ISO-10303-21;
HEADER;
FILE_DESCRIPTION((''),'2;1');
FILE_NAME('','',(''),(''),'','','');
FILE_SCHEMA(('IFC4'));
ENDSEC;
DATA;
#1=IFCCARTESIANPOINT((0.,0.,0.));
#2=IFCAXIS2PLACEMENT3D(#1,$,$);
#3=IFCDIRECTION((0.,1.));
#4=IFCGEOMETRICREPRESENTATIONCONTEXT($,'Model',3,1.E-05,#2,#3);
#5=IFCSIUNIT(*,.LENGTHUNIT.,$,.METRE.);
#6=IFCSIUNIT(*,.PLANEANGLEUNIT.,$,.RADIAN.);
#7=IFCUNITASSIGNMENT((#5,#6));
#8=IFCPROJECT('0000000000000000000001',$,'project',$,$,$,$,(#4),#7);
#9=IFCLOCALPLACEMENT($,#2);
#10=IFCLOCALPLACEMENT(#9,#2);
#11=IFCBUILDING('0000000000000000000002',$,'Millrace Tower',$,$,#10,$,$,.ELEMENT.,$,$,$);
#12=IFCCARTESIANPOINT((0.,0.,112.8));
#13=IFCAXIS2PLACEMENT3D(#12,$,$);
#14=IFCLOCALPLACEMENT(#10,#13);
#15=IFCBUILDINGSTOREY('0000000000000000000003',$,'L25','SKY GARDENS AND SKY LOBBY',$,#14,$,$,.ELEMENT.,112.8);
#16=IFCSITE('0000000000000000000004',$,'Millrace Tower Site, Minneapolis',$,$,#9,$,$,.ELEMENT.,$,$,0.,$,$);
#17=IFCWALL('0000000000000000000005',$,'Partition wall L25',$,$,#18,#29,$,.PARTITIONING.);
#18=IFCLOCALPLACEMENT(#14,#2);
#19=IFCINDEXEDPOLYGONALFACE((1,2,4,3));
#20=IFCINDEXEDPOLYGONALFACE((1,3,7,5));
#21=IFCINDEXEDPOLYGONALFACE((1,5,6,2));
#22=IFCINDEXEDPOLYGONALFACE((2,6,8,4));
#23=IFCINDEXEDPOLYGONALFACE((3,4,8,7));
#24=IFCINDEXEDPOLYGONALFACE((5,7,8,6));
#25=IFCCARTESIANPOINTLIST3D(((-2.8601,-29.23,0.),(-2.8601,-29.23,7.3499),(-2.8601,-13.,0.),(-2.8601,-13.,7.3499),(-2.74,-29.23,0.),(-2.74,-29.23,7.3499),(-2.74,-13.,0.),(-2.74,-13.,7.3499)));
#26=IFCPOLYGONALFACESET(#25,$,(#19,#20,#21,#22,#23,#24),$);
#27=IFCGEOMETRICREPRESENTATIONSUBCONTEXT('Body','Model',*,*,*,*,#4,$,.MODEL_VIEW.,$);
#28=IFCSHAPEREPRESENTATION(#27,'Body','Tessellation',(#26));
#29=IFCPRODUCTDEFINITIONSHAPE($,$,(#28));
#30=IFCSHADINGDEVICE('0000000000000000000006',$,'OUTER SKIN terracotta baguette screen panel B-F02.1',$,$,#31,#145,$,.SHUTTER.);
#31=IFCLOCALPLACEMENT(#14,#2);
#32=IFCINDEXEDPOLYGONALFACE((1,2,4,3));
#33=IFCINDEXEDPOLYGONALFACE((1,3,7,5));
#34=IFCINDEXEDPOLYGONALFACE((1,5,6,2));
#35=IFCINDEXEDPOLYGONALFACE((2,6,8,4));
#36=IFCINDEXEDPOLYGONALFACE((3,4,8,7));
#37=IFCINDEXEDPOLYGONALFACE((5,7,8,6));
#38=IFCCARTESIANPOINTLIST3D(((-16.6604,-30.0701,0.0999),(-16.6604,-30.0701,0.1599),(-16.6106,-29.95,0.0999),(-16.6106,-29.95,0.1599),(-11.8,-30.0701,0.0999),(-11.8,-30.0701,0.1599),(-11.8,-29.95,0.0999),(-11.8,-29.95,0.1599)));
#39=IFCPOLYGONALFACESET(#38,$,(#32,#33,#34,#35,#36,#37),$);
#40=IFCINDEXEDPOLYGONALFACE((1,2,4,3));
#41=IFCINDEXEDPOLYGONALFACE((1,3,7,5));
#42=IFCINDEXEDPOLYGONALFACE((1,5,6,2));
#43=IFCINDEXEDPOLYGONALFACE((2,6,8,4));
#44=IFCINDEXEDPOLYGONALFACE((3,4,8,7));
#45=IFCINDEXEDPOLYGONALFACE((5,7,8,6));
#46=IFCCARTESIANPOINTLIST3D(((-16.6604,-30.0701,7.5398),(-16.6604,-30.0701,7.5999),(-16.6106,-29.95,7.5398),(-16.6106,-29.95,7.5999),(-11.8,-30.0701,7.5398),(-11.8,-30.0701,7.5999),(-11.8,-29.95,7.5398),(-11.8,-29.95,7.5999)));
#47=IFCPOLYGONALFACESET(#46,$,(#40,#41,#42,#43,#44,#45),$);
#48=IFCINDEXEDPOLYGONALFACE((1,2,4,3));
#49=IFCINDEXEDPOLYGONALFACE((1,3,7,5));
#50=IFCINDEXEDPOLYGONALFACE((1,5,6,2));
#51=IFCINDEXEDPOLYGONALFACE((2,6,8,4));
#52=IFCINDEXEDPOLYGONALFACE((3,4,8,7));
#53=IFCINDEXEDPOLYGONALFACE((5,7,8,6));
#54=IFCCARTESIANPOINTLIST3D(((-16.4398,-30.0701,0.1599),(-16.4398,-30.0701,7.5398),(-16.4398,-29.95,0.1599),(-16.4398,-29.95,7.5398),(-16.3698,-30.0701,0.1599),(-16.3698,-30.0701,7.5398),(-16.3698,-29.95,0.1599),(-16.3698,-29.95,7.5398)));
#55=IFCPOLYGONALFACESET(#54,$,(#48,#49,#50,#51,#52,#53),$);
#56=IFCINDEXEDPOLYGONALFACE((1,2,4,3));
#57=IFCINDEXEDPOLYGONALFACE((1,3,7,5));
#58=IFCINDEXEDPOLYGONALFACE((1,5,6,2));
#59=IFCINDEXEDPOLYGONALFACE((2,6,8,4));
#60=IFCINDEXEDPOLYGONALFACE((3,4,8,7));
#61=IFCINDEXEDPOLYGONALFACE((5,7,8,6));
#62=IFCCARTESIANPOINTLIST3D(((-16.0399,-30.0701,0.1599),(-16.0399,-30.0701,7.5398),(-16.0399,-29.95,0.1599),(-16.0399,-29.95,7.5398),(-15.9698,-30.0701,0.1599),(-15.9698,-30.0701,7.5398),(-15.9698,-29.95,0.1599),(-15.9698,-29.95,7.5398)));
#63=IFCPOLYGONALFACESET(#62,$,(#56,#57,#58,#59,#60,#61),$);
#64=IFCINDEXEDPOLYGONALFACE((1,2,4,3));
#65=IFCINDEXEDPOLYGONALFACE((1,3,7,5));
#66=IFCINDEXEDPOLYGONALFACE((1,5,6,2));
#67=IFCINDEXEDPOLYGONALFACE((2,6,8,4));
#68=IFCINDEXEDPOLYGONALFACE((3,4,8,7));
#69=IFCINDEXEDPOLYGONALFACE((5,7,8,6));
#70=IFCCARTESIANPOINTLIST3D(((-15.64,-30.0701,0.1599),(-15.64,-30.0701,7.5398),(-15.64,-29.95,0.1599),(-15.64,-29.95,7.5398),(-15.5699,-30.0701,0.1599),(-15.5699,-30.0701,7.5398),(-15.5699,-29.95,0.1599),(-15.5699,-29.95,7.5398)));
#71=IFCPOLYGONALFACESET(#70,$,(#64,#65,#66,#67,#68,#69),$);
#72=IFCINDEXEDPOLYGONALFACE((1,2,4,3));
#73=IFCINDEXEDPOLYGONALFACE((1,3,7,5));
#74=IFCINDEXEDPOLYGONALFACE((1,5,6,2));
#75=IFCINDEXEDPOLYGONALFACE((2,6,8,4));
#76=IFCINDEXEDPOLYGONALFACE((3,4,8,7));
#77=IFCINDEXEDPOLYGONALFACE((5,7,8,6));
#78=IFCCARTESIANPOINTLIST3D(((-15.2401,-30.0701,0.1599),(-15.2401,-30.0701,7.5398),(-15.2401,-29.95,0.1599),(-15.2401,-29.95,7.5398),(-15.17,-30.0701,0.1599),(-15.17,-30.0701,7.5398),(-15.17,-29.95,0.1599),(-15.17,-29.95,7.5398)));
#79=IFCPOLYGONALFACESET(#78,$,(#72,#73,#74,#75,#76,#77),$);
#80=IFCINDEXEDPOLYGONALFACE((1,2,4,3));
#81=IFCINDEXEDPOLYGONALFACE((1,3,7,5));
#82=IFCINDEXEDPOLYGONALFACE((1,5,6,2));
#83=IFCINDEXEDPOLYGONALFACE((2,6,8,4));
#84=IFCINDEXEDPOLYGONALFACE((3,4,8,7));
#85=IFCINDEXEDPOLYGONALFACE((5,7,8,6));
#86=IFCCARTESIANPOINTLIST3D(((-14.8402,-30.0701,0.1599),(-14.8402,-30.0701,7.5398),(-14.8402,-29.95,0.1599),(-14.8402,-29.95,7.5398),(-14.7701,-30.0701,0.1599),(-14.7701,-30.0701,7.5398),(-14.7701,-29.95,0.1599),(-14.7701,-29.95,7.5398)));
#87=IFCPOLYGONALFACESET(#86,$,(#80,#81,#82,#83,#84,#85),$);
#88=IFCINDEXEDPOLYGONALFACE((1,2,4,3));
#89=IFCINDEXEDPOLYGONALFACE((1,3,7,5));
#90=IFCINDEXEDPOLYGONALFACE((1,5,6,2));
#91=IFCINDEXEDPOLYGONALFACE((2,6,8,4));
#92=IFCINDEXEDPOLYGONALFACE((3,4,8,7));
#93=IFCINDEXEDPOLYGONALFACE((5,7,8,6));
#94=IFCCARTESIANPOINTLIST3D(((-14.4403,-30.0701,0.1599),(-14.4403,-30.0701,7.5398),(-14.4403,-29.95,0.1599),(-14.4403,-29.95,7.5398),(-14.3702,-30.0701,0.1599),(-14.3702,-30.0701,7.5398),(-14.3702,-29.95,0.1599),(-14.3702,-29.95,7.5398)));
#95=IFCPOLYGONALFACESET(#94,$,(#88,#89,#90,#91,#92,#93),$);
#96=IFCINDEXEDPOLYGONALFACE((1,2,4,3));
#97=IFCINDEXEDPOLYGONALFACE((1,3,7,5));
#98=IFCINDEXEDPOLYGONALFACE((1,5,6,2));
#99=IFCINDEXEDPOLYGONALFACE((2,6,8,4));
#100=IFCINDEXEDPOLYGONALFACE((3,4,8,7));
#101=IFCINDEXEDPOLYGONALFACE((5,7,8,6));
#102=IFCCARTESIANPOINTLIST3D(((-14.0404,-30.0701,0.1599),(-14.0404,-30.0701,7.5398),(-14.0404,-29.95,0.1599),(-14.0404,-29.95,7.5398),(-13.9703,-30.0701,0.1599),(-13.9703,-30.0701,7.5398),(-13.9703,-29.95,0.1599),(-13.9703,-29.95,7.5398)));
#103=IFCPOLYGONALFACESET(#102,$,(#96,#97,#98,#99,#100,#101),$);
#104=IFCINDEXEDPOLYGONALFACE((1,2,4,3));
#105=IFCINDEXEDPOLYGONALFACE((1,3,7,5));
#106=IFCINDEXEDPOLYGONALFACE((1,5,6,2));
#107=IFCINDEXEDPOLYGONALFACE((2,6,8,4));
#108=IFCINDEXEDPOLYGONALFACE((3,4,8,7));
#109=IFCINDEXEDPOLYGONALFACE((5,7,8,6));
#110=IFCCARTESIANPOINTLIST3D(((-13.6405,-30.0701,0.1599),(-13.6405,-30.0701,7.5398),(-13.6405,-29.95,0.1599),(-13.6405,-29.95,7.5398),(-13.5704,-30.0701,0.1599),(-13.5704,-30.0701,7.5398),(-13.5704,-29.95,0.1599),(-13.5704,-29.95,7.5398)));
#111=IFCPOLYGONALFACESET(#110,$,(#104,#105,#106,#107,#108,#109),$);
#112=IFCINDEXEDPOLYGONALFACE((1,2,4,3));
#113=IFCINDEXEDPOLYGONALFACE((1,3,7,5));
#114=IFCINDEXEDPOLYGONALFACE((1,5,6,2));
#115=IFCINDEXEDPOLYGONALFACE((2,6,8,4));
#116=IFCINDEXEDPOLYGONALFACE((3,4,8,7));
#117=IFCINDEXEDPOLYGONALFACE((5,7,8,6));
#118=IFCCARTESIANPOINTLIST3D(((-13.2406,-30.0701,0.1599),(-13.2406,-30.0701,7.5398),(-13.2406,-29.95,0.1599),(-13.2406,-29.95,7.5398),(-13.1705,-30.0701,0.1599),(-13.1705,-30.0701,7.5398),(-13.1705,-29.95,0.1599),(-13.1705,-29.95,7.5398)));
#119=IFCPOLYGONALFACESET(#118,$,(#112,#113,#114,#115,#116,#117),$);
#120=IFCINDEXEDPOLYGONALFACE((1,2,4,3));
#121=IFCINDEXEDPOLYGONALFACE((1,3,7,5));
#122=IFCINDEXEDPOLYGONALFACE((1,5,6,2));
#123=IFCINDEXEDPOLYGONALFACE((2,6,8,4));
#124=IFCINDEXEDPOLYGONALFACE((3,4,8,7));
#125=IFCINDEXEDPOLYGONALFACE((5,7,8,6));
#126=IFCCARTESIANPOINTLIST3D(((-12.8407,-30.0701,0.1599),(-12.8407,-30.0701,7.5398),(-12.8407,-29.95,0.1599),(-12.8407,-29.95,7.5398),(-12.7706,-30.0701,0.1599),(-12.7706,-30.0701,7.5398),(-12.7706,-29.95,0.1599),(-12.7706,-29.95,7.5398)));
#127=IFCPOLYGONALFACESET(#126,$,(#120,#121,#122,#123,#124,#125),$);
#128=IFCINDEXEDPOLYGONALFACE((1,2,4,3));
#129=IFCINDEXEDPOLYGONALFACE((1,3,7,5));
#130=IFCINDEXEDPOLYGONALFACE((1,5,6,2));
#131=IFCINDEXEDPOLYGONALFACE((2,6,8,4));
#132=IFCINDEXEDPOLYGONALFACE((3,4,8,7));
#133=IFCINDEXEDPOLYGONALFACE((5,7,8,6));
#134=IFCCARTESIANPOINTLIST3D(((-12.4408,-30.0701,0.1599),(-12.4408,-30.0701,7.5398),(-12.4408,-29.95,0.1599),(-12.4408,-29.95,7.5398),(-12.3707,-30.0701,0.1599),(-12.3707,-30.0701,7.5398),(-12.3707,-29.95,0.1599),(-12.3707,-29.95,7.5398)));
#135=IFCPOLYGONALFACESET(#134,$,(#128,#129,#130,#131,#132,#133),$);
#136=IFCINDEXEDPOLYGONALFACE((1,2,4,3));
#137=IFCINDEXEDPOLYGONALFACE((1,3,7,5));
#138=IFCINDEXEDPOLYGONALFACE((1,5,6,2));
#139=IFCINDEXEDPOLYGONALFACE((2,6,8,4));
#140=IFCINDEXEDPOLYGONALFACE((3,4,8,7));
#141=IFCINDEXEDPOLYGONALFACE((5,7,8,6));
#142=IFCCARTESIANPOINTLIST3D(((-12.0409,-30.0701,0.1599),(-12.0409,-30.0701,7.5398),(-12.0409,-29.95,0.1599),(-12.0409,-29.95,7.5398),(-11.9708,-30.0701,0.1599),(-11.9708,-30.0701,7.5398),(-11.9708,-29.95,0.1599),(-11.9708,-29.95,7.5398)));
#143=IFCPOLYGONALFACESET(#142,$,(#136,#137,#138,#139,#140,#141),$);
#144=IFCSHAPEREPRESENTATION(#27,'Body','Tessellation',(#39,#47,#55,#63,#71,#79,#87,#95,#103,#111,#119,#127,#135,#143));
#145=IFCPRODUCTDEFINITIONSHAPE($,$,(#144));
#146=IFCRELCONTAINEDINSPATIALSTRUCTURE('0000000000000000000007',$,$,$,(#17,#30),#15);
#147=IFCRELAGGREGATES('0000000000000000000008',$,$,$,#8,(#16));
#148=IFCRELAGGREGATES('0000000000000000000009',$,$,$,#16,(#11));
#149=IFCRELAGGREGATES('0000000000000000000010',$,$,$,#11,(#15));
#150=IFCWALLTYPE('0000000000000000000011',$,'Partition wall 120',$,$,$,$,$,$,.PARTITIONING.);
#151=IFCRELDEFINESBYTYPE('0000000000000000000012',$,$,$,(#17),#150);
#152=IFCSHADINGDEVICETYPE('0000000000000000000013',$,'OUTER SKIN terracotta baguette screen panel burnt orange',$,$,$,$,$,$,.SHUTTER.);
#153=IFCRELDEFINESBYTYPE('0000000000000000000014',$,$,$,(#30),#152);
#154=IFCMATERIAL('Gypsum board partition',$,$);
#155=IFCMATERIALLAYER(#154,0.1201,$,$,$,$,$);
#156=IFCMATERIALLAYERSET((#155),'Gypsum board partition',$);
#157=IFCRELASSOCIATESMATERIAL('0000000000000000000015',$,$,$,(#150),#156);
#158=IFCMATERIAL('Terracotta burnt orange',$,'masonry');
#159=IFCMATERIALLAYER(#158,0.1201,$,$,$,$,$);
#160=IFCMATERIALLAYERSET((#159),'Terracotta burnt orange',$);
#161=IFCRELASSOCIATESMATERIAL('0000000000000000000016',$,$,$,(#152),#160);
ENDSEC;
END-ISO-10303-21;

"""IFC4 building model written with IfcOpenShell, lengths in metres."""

from ifc_helpers import new_model, entity, si_unit, direction, frame, frame_2d, origin, place, context, subcontext, project, spatial, rectangle, extrude, source, transform, mapped, material, layer, layer_set, type_object, element, save


model = new_model("IFC4")

# Units and contexts
model_context = context("Model", 3, precision=1e-05, world=origin(), true_north=direction((0.0, 1.0)))
body_context = subcontext(model_context, "Body", "Model", "MODEL_VIEW")
ifc_project = project(units=[si_unit("LENGTHUNIT", "METRE"), si_unit("PLANEANGLEUNIT", "RADIAN")], contexts=[model_context])

# Site, building, storey
site_placement = place(None, origin())
site = spatial("IfcSite", under=ifc_project, at=site_placement, Name="Millrace Tower Site, Minneapolis", CompositionType="ELEMENT", RefElevation=0.0)
building_placement = place(site_placement, origin())
building = spatial("IfcBuilding", under=site, at=building_placement, Name="Millrace Tower", CompositionType="ELEMENT")
storey_placement = place(building_placement, frame((0.0, 0.0, 112.8)))
storey = spatial("IfcBuildingStorey", under=building, at=storey_placement, Name="L25", Description="SKY GARDENS AND SKY LOBBY", CompositionType="ELEMENT", Elevation=112.8)

# Wall
ifc_material_1 = material(Name="Gypsum board partition")
ifc_layer_1 = layer(ifc_material_1, 0.1201)
ifc_layer_set_1 = layer_set([ifc_layer_1], Name="Gypsum board partition")
wall_type_1 = type_object("IfcWallType", Name="Partition wall 120", PredefinedType="PARTITIONING", material=ifc_layer_set_1)
wall_1_placement = place(storey_placement, frame((-2.8, -29.23, 0.0), z_axis=(0.0, 0.0, 1.0), x_axis=(0.0, 1.0, 0.0)))
element("IfcWall", 1, at=wall_1_placement, inside=storey, type_object=wall_type_1, Name="Partition wall L25", PredefinedType="PARTITIONING", context=body_context, shape_type="SweptSolid", body=[
    extrude(rectangle(XDim=16.23, YDim=0.1201, at=frame_2d((8.115, 0.0))), origin(), (0.0, 0.0, 1.0), 7.3499),
])

# Shading device
ifc_material_2 = material(Name="Terracotta burnt orange", Category="masonry")
ifc_layer_2 = layer(ifc_material_2, 0.1201)
ifc_layer_set_2 = layer_set([ifc_layer_2], Name="Terracotta burnt orange")
shading_device_type = type_object("IfcShadingDeviceType", Name="OUTER SKIN terracotta baguette screen panel burnt orange", PredefinedType="SHUTTER", material=ifc_layer_set_2)
cartesian_point_1 = entity("IfcCartesianPoint", [-2.3928, 0.0601])
shared_polyline_1 = entity("IfcPolyline", [cartesian_point_1, entity("IfcCartesianPoint", [2.4177, 0.0601]), entity("IfcCartesianPoint", [2.4177, -0.0601]), entity("IfcCartesianPoint", [-2.4426, -0.0601]), cartesian_point_1])
shared_shape_1 = source(origin(), body_context, "Body", "SweptSolid", [
    entity("IfcExtrudedAreaSolid", entity("IfcArbitraryClosedProfileDef", "AREA", None, shared_polyline_1), entity("IfcAxis2Placement3D", entity("IfcCartesianPoint", [0.0, 0.0, 0.0])), entity("IfcDirection", [0.0, 0.0, 1.0]), 0.0601),
    entity("IfcExtrudedAreaSolid", entity("IfcArbitraryClosedProfileDef", "AREA", None, shared_polyline_1), entity("IfcAxis2Placement3D", entity("IfcCartesianPoint", [0.0, 0.0, 7.4399])), entity("IfcDirection", [0.0, 0.0, 1.0]), 0.0601),
    extrude(rectangle(XDim=0.0701, YDim=0.1201, at=frame_2d((-2.187, 0.0))), frame((0.0, 0.0, 0.0601)), (0.0, 0.0, 1.0), 7.3799),
    extrude(rectangle(XDim=0.0701, YDim=0.1201, at=frame_2d((-1.7871, 0.0))), frame((0.0, 0.0, 0.0601)), (0.0, 0.0, 1.0), 7.3799),
    extrude(rectangle(XDim=0.0701, YDim=0.1201, at=frame_2d((-1.3872, 0.0))), frame((0.0, 0.0, 0.0601)), (0.0, 0.0, 1.0), 7.3799),
    extrude(rectangle(XDim=0.0701, YDim=0.1201, at=frame_2d((-0.9873, 0.0))), frame((0.0, 0.0, 0.0601)), (0.0, 0.0, 1.0), 7.3799),
    extrude(rectangle(XDim=0.0701, YDim=0.1201, at=frame_2d((-0.5874, 0.0))), frame((0.0, 0.0, 0.0601)), (0.0, 0.0, 1.0), 7.3799),
    extrude(rectangle(XDim=0.0701, YDim=0.1201, at=frame_2d((-0.1875, 0.0))), frame((0.0, 0.0, 0.0601)), (0.0, 0.0, 1.0), 7.3799),
    extrude(rectangle(XDim=0.0701, YDim=0.1201, at=frame_2d((0.2124, 0.0))), frame((0.0, 0.0, 0.0601)), (0.0, 0.0, 1.0), 7.3799),
    extrude(rectangle(XDim=0.0701, YDim=0.1201, at=frame_2d((0.6123, 0.0))), frame((0.0, 0.0, 0.0601)), (0.0, 0.0, 1.0), 7.3799),
    extrude(rectangle(XDim=0.0701, YDim=0.1201, at=frame_2d((1.0122, 0.0))), frame((0.0, 0.0, 0.0601)), (0.0, 0.0, 1.0), 7.3799),
    extrude(rectangle(XDim=0.0701, YDim=0.1201, at=frame_2d((1.4121, 0.0))), frame((0.0, 0.0, 0.0601)), (0.0, 0.0, 1.0), 7.3799),
    extrude(rectangle(XDim=0.0701, YDim=0.1201, at=frame_2d((1.812, 0.0))), frame((0.0, 0.0, 0.0601)), (0.0, 0.0, 1.0), 7.3799),
    extrude(rectangle(XDim=0.0701, YDim=0.1201, at=frame_2d((2.2119, 0.0))), frame((0.0, 0.0, 0.0601)), (0.0, 0.0, 1.0), 7.3799),
])
shading_device_1_placement = place(storey_placement, frame((-14.2178, -30.01, 0.0999), z_axis=(0.0, 0.0, 1.0), x_axis=(1.0, 0.0, 0.0)))
element("IfcShadingDevice", 2, at=shading_device_1_placement, inside=storey, type_object=shading_device_type, Name="OUTER SKIN terracotta baguette screen panel B-F02.1", PredefinedType="SHUTTER", context=body_context, shape_type="MappedRepresentation", body=[
    mapped(shared_shape_1, transform((0.0, 0.0, 0.0), scale=1.0)),
])

save(model, "model.ifc")
